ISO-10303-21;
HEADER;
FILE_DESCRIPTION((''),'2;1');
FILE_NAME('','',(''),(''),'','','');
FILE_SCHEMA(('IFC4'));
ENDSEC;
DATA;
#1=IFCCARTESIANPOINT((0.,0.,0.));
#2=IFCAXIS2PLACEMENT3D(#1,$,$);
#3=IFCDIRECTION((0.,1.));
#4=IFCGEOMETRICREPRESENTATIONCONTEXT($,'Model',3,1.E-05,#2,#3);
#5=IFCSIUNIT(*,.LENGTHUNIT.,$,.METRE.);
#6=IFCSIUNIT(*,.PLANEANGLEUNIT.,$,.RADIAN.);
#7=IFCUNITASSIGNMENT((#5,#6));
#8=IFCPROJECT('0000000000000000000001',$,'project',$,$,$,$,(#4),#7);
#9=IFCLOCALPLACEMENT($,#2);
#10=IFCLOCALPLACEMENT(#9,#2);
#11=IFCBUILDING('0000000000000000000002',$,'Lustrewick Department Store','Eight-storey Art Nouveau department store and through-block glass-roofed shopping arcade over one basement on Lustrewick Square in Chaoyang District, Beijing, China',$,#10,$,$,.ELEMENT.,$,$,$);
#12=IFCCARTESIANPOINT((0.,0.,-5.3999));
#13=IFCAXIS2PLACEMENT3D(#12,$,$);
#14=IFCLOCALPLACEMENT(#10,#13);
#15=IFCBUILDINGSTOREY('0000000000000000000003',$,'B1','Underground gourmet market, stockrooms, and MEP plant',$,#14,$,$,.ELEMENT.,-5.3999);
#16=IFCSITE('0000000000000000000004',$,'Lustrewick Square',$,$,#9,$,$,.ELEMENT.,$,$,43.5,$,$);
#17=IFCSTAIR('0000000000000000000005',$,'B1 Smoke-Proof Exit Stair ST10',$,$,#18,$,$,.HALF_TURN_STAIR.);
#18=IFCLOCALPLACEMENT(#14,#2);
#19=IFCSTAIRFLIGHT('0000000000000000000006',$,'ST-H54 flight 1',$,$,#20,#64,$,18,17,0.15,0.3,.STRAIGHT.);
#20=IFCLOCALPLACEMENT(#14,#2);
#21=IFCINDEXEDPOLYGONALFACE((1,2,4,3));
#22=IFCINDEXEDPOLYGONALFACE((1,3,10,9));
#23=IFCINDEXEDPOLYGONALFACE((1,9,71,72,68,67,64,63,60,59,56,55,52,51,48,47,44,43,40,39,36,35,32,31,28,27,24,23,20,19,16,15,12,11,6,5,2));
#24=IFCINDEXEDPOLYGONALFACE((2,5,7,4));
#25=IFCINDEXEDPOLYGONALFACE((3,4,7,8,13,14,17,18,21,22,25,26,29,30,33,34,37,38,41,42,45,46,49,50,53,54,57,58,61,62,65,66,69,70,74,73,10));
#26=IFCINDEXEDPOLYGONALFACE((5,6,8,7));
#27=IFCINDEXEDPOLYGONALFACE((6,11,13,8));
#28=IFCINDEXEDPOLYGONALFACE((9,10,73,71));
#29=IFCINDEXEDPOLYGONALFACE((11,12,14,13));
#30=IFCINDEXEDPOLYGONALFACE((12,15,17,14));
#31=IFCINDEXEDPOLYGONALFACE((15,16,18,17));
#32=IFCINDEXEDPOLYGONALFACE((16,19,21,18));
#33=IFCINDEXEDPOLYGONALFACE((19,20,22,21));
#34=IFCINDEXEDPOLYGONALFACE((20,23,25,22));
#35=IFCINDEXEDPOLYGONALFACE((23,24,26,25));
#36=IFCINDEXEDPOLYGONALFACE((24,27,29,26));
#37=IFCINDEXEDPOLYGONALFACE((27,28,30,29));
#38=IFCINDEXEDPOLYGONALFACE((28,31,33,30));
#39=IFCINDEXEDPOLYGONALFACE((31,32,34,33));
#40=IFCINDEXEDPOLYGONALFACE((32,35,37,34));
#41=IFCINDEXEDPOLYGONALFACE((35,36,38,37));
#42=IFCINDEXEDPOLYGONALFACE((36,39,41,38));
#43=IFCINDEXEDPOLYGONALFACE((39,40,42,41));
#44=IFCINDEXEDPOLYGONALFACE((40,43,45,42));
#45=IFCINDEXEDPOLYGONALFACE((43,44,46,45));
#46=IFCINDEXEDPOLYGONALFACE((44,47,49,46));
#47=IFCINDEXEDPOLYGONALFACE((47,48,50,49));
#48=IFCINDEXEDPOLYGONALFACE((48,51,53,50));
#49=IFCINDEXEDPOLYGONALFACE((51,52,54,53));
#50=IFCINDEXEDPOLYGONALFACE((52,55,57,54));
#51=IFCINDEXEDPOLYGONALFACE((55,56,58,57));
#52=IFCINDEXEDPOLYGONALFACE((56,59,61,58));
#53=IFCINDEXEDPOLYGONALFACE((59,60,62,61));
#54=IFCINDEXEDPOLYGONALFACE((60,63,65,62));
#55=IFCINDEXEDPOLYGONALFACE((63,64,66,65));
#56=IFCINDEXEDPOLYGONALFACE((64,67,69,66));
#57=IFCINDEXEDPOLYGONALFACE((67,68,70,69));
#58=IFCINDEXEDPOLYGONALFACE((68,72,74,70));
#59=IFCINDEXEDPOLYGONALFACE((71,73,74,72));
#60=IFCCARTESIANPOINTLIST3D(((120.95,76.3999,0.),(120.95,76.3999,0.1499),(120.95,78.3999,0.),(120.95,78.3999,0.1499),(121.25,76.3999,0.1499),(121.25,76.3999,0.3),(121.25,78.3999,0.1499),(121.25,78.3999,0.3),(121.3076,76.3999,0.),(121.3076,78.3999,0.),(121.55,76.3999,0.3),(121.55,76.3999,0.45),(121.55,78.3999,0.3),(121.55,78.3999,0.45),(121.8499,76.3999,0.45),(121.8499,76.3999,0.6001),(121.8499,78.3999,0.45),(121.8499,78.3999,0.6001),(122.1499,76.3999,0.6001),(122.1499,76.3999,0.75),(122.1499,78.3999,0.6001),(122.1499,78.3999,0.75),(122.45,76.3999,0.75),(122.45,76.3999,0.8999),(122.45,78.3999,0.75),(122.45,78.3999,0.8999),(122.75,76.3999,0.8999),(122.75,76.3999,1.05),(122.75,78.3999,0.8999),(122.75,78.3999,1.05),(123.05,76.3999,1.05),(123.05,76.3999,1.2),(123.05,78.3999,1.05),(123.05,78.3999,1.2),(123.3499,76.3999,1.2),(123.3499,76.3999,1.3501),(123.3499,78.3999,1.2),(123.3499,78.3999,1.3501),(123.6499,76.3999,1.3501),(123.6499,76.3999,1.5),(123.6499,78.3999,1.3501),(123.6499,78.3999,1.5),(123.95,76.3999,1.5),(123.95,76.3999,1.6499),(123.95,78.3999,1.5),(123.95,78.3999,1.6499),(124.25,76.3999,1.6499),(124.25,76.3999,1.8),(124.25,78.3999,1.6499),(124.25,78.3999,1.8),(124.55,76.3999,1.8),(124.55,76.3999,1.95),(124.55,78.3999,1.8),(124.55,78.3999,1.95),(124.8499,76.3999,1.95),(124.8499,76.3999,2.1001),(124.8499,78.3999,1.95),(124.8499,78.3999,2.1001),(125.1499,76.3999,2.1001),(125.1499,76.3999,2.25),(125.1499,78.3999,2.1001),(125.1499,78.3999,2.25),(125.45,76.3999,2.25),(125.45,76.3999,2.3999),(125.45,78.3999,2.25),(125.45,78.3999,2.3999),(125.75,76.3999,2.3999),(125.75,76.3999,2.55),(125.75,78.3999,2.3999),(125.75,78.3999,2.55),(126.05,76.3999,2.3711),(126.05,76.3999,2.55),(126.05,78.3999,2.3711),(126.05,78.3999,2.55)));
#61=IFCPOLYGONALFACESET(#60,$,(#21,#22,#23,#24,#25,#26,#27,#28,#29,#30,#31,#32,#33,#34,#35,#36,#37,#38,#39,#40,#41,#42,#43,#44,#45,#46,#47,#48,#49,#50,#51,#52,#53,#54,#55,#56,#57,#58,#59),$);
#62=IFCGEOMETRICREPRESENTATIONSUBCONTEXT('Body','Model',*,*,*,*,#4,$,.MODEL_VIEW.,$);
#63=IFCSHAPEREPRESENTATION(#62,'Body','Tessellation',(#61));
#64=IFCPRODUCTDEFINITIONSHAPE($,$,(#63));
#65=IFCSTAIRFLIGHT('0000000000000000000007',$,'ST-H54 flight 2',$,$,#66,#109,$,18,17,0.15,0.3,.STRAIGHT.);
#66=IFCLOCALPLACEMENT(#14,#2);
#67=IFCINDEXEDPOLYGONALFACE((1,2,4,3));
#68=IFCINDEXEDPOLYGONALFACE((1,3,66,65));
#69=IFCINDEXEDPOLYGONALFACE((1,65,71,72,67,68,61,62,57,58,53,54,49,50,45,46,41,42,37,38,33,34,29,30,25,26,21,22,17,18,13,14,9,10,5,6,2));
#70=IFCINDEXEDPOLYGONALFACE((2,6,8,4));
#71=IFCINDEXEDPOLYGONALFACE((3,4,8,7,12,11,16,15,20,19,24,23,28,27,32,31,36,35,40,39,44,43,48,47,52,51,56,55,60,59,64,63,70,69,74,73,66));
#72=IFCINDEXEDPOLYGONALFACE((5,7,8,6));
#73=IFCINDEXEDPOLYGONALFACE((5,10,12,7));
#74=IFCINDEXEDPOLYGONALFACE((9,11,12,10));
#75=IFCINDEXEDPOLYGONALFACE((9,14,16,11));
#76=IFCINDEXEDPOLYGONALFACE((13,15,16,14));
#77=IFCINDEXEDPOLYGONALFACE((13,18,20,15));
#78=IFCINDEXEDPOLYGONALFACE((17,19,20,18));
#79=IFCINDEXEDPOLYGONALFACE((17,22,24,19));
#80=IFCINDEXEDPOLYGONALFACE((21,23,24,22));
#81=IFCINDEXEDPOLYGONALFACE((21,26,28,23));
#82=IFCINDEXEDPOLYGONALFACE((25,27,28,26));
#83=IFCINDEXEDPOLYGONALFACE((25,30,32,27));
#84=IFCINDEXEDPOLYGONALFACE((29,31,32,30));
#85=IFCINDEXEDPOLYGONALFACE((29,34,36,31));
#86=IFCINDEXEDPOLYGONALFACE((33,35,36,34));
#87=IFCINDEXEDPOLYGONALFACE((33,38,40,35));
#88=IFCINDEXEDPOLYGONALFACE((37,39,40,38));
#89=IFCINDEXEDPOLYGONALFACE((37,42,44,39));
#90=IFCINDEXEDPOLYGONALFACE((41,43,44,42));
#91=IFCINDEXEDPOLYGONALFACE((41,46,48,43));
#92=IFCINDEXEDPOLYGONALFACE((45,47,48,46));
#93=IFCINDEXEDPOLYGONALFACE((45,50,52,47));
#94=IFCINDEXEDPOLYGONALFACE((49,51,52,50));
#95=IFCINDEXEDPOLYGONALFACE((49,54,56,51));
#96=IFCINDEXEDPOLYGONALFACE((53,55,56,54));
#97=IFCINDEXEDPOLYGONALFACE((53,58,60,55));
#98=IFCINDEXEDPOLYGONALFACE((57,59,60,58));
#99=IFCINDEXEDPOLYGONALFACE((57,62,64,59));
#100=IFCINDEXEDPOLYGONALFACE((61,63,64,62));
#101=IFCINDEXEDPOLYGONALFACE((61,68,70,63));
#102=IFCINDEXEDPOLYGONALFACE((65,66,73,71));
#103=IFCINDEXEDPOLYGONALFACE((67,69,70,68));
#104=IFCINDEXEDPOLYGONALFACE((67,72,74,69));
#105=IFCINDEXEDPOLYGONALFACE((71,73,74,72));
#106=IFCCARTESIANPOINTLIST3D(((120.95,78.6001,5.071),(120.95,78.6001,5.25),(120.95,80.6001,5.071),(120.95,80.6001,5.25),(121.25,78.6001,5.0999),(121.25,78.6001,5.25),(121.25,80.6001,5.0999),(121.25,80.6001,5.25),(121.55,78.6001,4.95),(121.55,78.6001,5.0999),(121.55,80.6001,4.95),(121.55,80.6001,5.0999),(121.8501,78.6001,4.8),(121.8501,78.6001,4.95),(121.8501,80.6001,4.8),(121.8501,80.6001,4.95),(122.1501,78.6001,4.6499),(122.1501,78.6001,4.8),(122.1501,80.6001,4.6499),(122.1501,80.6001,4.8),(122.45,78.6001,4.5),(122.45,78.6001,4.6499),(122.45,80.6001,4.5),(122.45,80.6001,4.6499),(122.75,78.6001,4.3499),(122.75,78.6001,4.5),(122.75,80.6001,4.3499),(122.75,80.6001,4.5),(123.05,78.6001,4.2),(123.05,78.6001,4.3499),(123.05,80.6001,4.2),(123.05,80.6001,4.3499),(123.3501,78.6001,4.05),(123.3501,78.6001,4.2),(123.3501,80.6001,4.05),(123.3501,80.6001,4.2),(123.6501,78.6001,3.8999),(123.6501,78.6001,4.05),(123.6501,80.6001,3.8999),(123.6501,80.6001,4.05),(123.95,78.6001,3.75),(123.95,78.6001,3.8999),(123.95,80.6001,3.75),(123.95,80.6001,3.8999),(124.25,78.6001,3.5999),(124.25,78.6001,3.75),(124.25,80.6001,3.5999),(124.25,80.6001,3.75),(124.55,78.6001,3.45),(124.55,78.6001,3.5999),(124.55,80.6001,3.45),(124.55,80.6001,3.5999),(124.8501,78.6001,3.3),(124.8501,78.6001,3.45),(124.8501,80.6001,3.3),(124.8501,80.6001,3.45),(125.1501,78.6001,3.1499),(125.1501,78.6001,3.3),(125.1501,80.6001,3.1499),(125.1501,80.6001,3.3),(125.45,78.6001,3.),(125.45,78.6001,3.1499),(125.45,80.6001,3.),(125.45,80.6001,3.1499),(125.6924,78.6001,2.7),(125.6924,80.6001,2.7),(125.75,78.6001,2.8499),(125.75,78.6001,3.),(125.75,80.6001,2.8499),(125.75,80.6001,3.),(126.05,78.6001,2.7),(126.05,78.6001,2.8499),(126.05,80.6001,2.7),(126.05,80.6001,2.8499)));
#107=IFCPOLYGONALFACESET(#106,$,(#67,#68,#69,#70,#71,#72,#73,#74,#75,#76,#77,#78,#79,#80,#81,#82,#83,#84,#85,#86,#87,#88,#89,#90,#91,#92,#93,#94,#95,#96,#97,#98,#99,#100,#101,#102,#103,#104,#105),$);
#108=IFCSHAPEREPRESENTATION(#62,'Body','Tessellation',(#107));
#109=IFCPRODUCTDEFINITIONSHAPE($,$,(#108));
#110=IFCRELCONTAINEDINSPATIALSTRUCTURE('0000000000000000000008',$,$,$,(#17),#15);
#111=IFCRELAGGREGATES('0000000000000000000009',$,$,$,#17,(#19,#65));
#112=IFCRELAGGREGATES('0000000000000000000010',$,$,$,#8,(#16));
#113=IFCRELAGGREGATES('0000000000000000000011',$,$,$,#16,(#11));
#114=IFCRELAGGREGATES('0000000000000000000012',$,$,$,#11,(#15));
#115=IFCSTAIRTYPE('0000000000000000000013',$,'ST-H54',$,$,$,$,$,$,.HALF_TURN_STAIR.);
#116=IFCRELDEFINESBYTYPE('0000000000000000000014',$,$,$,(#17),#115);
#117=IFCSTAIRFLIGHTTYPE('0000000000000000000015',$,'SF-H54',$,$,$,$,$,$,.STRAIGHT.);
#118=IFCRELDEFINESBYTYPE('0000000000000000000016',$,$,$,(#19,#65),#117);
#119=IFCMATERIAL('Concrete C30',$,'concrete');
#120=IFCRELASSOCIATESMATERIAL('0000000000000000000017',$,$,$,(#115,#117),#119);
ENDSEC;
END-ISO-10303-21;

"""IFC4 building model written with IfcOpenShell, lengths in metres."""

from ifc_helpers import new_model, si_unit, direction, frame, origin, place, context, subcontext, project, spatial, polyline, outline, extrude, material, type_object, element, aggregate, save


model = new_model("IFC4")

# Units and contexts
model_context = context("Model", 3, precision=1e-05, world=origin(), true_north=direction((0.0, 1.0)))
body_context = subcontext(model_context, "Body", "Model", "MODEL_VIEW")
ifc_project = project(units=[si_unit("LENGTHUNIT", "METRE"), si_unit("PLANEANGLEUNIT", "RADIAN")], contexts=[model_context])

# Site, building, storey
site_placement = place(None, origin())
site = spatial("IfcSite", under=ifc_project, at=site_placement, Name="Lustrewick Square", CompositionType="ELEMENT", RefElevation=43.5)
building_placement = place(site_placement, origin())
building = spatial("IfcBuilding", under=site, at=building_placement, Name="Lustrewick Department Store", Description="Eight-storey Art Nouveau department store and through-block glass-roofed shopping arcade over one basement on Lustrewick Square in Chaoyang District, Beijing, China", CompositionType="ELEMENT")
storey_placement = place(building_placement, frame((0.0, 0.0, -5.3999)))
storey = spatial("IfcBuildingStorey", under=building, at=storey_placement, Name="B1", Description="Underground gourmet market, stockrooms, and MEP plant", CompositionType="ELEMENT", Elevation=-5.3999)

# Stair, stair flights
ifc_material_1 = material(Name="Concrete C30", Category="concrete")
stair_type = type_object("IfcStairType", Name="ST-H54", PredefinedType="HALF_TURN_STAIR", material=ifc_material_1)
stair_placement = place(storey_placement, origin())
stair = element("IfcStair", 1, at=stair_placement, inside=storey, type_object=stair_type, Name="B1 Smoke-Proof Exit Stair ST10", PredefinedType="HALF_TURN_STAIR")
stair_flight_type = type_object("IfcStairFlightType", Name="SF-H54", PredefinedType="STRAIGHT", material=ifc_material_1)
stair_flight_1_placement = place(storey_placement, frame((120.95, 77.3999, 0.0), z_axis=(0.0, 0.0, 1.0), x_axis=(1.0, 0.0, 0.0)))
stair_flight_1 = element("IfcStairFlight", 2, at=stair_flight_1_placement, type_object=stair_flight_type, Name="ST-H54 flight 1", NumberOfRisers=18, NumberOfTreads=17, PredefinedType="STRAIGHT", RiserHeight=0.15, TreadLength=0.3, context=body_context, shape_type="SweptSolid", body=[
    extrude(outline(polyline([(0.0, 0.0), (0.0, 0.1499), (0.3, 0.1499), (0.3, 0.3), (0.6001, 0.3), (0.6001, 0.45), (0.8999, 0.45), (0.8999, 0.6001), (1.2, 0.6001), (1.2, 0.75), (1.5, 0.75), (1.5, 0.8999), (1.8, 0.8999), (1.8, 1.05), (2.1001, 1.05), (2.1001, 1.2), (2.3999, 1.2), (2.3999, 1.3501), (2.7, 1.3501), (2.7, 1.5), (3.0, 1.5), (3.0, 1.6499), (3.3, 1.6499), (3.3, 1.8), (3.6001, 1.8), (3.6001, 1.95), (3.8999, 1.95), (3.8999, 2.1001), (4.2, 2.1001), (4.2, 2.25), (4.5, 2.25), (4.5, 2.3999), (4.8, 2.3999), (4.8, 2.55), (5.1001, 2.55), (5.1001, 2.7), (5.1001, 2.3711), (0.3577, 0.0), (0.0, 0.0)])), frame((0.0, 1.0, 0.0), z_axis=(0.0, -1.0, 0.0), x_axis=(1.0, 0.0, 0.0)), (0.0, 0.0, 1.0), 2.0),
])
stair_flight_2_placement = place(storey_placement, frame((126.05, 79.6001, 2.7), z_axis=(0.0, 0.0, 1.0), x_axis=(-1.0, 0.0, 0.0)))
stair_flight_2 = element("IfcStairFlight", 3, at=stair_flight_2_placement, type_object=stair_flight_type, Name="ST-H54 flight 2", NumberOfRisers=18, NumberOfTreads=17, PredefinedType="STRAIGHT", RiserHeight=0.15, TreadLength=0.3, context=body_context, shape_type="SweptSolid", body=[
    extrude(outline(polyline([(0.0, 0.0), (0.0, 0.1499), (0.3, 0.1499), (0.3, 0.3), (0.6001, 0.3), (0.6001, 0.45), (0.8999, 0.45), (0.8999, 0.6001), (1.2, 0.6001), (1.2, 0.75), (1.5, 0.75), (1.5, 0.8999), (1.8, 0.8999), (1.8, 1.05), (2.1001, 1.05), (2.1001, 1.2), (2.3999, 1.2), (2.3999, 1.3501), (2.7, 1.3501), (2.7, 1.5), (3.0, 1.5), (3.0, 1.6499), (3.3, 1.6499), (3.3, 1.8), (3.6001, 1.8), (3.6001, 1.95), (3.8999, 1.95), (3.8999, 2.1001), (4.2, 2.1001), (4.2, 2.25), (4.5, 2.25), (4.5, 2.3999), (4.8, 2.3999), (4.8, 2.55), (5.1001, 2.55), (5.1001, 2.7), (5.1001, 2.3711), (0.3577, 0.0), (0.0, 0.0)])), frame((0.0, 1.0, 0.0), z_axis=(0.0, -1.0, 0.0), x_axis=(1.0, 0.0, 0.0)), (0.0, 0.0, 1.0), 2.0),
])
aggregate(stair, [stair_flight_1, stair_flight_2])

save(model, "model.ifc")
